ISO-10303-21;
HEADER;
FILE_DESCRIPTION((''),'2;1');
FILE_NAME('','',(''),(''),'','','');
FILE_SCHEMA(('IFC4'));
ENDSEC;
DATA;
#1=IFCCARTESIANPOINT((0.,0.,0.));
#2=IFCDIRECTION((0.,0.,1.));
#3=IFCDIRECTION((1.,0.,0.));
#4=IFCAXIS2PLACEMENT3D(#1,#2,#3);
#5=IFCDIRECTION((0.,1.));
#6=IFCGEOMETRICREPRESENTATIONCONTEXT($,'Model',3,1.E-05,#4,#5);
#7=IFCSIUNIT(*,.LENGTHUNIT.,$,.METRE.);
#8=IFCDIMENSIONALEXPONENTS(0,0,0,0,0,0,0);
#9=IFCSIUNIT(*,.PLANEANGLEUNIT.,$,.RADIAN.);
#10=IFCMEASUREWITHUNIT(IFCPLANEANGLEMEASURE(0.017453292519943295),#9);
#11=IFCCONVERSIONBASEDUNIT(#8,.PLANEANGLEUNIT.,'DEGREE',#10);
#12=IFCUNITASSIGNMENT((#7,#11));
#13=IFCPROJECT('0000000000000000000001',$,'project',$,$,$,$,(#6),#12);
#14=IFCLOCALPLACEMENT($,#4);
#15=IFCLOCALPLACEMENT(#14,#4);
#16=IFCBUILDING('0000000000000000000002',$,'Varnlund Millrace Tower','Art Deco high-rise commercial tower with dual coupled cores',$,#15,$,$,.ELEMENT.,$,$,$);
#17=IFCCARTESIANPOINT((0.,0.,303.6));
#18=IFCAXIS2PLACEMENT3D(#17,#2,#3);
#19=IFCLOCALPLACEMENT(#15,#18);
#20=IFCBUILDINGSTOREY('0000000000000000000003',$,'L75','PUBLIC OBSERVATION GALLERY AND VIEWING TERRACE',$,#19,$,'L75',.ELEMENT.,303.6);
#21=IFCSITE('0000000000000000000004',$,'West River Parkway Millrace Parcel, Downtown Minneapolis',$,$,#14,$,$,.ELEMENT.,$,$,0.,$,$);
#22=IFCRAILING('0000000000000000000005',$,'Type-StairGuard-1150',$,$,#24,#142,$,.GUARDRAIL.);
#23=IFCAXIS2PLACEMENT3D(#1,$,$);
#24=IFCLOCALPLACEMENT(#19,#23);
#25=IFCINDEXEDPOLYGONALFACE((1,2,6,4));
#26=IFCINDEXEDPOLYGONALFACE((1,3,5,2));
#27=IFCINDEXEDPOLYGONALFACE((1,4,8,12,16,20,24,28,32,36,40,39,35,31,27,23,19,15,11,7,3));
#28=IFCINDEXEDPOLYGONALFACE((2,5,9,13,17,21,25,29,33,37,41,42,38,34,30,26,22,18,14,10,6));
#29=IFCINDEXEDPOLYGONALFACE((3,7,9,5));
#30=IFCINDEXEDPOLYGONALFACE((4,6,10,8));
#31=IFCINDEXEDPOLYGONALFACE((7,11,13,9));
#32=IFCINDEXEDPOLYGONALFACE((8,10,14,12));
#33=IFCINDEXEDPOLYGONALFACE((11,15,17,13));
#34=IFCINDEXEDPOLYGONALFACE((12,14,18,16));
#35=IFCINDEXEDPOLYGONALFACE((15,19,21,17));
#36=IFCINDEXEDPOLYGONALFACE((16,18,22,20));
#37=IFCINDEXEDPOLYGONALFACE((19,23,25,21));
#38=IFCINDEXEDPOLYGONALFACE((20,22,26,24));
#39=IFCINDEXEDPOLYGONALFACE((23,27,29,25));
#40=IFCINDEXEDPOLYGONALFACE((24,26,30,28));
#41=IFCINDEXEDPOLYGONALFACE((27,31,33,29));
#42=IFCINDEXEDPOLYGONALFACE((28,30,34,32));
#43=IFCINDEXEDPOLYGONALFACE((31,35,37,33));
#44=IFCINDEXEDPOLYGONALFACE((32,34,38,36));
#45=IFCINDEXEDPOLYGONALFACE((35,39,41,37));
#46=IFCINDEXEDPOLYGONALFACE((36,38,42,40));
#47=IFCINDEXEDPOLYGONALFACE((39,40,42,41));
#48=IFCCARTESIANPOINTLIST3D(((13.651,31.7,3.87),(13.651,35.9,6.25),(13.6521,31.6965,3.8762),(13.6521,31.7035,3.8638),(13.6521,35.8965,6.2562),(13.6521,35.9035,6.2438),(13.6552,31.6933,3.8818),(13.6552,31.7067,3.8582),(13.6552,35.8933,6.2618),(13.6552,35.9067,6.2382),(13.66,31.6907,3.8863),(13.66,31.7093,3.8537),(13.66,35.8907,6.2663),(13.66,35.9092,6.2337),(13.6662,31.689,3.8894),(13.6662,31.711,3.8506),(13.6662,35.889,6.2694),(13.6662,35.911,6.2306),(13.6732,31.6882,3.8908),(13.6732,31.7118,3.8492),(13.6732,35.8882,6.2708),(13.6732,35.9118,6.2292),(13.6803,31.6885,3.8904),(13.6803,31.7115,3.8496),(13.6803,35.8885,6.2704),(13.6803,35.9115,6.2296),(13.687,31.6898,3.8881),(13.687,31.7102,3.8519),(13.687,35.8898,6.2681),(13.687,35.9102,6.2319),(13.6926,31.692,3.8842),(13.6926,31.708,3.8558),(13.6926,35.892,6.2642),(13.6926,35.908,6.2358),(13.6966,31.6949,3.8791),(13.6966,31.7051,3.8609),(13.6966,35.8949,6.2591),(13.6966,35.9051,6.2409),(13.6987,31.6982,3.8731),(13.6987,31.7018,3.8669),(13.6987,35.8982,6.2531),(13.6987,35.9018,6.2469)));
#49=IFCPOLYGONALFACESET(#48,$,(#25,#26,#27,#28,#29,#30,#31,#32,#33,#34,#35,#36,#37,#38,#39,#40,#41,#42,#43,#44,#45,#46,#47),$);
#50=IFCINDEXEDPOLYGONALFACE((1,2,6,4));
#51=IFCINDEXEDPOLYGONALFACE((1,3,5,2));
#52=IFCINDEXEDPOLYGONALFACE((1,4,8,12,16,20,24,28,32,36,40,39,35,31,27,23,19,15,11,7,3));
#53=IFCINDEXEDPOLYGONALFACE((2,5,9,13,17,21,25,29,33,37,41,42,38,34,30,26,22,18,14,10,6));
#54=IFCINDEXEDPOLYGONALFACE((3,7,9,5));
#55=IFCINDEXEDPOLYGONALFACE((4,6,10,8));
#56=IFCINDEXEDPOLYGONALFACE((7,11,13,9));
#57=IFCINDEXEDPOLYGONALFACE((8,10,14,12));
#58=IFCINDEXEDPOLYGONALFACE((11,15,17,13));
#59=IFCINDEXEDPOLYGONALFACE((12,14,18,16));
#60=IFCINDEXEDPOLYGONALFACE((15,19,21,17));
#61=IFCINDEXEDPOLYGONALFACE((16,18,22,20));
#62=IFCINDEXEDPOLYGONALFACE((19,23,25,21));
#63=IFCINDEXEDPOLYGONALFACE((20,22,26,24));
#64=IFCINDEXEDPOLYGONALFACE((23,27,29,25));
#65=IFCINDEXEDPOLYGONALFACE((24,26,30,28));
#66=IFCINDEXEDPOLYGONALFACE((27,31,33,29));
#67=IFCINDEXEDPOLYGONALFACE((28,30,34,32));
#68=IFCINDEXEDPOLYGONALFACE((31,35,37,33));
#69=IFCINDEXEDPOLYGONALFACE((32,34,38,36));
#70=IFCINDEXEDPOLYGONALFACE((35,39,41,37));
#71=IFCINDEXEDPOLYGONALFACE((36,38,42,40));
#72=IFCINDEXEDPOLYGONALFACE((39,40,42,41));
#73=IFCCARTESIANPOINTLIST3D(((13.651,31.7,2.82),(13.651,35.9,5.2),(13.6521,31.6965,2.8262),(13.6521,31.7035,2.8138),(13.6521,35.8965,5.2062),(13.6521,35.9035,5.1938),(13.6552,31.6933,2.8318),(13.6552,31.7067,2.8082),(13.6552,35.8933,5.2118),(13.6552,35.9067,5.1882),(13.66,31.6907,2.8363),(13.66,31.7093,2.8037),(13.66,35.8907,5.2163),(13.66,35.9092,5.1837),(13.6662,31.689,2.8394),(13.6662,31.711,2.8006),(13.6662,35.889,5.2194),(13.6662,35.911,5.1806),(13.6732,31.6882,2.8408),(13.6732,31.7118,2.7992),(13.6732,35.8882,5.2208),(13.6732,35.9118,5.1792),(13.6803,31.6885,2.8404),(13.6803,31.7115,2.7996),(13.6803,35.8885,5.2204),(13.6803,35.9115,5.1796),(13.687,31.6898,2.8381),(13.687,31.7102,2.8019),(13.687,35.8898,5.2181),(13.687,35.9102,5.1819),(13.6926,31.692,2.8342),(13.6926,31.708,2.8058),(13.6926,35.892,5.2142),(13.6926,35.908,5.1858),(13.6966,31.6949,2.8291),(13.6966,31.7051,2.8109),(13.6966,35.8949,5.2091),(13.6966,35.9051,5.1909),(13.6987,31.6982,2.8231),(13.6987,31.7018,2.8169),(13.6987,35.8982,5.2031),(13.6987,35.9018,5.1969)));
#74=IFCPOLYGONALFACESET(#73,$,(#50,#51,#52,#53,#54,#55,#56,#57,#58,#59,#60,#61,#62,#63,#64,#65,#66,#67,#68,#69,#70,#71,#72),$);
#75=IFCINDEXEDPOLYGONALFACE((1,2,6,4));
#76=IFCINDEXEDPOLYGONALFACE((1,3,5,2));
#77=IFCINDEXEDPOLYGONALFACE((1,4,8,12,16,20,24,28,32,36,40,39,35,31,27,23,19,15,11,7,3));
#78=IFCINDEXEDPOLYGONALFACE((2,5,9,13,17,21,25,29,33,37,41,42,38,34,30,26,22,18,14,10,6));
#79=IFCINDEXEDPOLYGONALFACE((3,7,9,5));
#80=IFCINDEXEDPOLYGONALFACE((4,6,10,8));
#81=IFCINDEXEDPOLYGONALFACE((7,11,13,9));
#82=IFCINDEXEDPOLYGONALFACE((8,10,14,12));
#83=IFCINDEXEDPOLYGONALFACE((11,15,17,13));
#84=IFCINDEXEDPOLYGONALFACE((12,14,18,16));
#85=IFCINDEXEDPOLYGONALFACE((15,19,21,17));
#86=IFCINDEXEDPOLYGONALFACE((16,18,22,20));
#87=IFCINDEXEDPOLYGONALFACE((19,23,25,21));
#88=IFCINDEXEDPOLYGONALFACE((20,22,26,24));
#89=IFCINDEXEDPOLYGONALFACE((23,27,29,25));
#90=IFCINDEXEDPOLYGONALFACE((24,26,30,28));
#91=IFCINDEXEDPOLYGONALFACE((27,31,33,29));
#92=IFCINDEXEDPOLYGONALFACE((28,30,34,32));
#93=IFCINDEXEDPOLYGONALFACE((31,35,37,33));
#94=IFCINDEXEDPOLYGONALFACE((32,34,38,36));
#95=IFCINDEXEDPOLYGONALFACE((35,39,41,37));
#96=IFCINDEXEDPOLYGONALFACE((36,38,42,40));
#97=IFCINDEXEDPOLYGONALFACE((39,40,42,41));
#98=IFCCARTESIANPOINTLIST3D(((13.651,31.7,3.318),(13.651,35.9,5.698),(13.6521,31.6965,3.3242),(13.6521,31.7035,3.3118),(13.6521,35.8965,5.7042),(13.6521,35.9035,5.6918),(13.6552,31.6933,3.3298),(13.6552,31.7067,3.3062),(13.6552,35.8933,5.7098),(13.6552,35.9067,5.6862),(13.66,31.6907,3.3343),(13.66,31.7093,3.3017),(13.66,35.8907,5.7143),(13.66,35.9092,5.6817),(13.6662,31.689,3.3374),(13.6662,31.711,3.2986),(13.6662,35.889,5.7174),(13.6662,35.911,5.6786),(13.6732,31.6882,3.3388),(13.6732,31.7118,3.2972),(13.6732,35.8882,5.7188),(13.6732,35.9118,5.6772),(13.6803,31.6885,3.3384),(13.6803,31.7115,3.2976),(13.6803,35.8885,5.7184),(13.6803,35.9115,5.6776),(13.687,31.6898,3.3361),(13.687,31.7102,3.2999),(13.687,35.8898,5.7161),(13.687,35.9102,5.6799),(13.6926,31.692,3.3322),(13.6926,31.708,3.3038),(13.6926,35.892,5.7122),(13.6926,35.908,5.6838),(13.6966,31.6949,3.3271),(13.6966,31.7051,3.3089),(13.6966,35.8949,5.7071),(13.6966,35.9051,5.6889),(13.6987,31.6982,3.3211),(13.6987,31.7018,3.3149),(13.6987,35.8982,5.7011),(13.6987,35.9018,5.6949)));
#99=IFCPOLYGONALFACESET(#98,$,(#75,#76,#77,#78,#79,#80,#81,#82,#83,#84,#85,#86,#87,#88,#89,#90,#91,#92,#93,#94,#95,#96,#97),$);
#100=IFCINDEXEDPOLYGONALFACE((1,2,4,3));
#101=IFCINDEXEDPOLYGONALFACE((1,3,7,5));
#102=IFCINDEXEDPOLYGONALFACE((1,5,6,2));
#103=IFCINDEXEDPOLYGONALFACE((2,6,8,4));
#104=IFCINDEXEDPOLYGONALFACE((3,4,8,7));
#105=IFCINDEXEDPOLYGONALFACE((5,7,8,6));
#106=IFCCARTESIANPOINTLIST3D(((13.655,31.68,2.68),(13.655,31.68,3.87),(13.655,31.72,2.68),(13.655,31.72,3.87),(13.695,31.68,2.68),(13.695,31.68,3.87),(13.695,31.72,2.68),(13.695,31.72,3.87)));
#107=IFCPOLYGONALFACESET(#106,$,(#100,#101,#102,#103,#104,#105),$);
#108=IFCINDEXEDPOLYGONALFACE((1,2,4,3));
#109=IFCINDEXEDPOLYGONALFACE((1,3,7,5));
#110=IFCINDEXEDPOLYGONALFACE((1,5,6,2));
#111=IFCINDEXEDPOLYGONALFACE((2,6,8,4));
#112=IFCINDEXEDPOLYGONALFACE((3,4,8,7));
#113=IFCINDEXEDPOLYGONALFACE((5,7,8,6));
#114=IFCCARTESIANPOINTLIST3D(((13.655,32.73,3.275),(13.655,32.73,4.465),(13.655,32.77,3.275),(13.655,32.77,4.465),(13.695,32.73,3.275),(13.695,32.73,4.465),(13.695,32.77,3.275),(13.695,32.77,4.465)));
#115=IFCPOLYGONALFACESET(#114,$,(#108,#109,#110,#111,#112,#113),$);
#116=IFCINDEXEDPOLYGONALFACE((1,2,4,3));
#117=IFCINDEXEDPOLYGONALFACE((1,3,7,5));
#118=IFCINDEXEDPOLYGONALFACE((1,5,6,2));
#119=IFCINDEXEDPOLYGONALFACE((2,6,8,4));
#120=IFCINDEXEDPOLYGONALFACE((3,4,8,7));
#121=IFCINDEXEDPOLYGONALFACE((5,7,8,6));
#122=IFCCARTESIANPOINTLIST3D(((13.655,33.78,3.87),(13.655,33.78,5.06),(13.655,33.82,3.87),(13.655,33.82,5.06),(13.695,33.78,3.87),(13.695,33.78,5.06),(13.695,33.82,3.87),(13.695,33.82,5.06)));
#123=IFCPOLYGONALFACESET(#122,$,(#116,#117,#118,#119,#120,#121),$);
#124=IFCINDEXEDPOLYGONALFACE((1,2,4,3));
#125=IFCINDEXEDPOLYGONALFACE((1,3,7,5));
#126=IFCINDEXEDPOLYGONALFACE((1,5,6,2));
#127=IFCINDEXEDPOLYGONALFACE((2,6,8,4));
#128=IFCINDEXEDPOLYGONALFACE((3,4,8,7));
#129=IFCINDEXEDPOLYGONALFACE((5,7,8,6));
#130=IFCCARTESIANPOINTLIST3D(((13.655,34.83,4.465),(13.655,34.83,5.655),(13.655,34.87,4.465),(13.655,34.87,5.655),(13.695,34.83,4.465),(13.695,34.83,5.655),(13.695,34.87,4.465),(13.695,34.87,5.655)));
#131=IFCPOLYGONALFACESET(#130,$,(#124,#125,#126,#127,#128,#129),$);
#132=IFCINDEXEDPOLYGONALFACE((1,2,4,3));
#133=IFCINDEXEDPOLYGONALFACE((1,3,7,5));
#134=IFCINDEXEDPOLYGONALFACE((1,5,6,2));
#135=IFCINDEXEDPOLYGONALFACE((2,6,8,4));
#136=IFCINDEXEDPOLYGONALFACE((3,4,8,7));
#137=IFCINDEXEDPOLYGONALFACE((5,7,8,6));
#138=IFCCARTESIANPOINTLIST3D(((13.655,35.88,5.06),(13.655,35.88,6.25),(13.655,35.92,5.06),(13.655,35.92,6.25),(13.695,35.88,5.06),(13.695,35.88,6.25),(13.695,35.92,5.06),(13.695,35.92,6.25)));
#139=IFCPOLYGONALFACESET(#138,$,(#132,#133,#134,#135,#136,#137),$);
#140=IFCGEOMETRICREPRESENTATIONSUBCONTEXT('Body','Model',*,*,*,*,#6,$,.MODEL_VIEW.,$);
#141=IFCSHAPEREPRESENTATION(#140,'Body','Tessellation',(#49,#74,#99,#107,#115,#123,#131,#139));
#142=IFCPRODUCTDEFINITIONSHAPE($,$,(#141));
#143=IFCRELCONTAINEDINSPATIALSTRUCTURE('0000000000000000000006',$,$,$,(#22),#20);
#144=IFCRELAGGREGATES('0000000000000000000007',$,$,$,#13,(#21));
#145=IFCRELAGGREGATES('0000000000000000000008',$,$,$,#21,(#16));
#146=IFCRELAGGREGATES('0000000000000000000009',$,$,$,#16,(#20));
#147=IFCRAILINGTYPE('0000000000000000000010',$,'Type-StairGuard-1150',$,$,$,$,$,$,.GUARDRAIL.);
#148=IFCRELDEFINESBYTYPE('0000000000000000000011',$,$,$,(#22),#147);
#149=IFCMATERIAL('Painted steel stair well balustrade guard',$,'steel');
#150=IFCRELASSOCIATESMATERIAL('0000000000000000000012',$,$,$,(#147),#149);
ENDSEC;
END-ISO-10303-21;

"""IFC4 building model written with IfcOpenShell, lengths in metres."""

from ifc_helpers import new_model, entity, si_unit, converted_unit, direction, frame, origin_with_axes, origin_2d_with_axis, place, context, subcontext, project, spatial, rectangle, circle, extrude, material, type_object, element, save


model = new_model("IFC4")

# Units and contexts
model_context = context("Model", 3, precision=1e-05, world=origin_with_axes(), true_north=direction((0.0, 1.0)))
body_context = subcontext(model_context, "Body", "Model", "MODEL_VIEW")
ifc_project = project(units=[si_unit("LENGTHUNIT", "METRE"), converted_unit("PLANEANGLEUNIT", "DEGREE", entity("IfcPlaneAngleMeasure", 0.017453292519943295), si_unit("PLANEANGLEUNIT", "RADIAN"), dimensions=[0, 0, 0, 0, 0, 0, 0])], contexts=[model_context])

# Site, building, storey
site_placement = place(None, origin_with_axes())
site = spatial("IfcSite", under=ifc_project, at=site_placement, Name="West River Parkway Millrace Parcel, Downtown Minneapolis", CompositionType="ELEMENT", RefElevation=0.0)
building_placement = place(site_placement, origin_with_axes())
building = spatial("IfcBuilding", under=site, at=building_placement, Name="Varnlund Millrace Tower", Description="Art Deco high-rise commercial tower with dual coupled cores", CompositionType="ELEMENT")
storey_placement = place(building_placement, frame((0.0, 0.0, 303.6), z_axis=(0.0, 0.0, 1.0), x_axis=(1.0, 0.0, 0.0)))
storey = spatial("IfcBuildingStorey", under=building, at=storey_placement, Name="L75", Description="PUBLIC OBSERVATION GALLERY AND VIEWING TERRACE", LongName="L75", CompositionType="ELEMENT", Elevation=303.6)

# Railing
ifc_material_1 = material(Name="Painted steel stair well balustrade guard", Category="steel")
railing_type_1 = type_object("IfcRailingType", Name="Type-StairGuard-1150", PredefinedType="GUARDRAIL", material=ifc_material_1)
railing_1_placement = place(storey_placement, frame((0.0, 0.0, -303.6), z_axis=(0.0, 0.0, 1.0), x_axis=(1.0, 0.0, 0.0)))
element("IfcRailing", 1, at=railing_1_placement, inside=storey, type_object=railing_type_1, Name="Type-StairGuard-1150", PredefinedType="GUARDRAIL", context=body_context, shape_type="SweptSolid", body=[
    extrude(circle(Radius=0.024, at=origin_2d_with_axis()), frame((13.675, 31.7, 307.47), z_axis=(0.0, 0.870022, 0.493013), x_axis=(-1.0, 0.0, 0.0)), (0.0, 0.0, 1.0), 4.8275),
    extrude(circle(Radius=0.024, at=origin_2d_with_axis()), frame((13.675, 31.7, 306.42), z_axis=(0.0, 0.870022, 0.493013), x_axis=(-1.0, 0.0, 0.0)), (0.0, 0.0, 1.0), 4.8275),
    extrude(circle(Radius=0.024, at=origin_2d_with_axis()), frame((13.675, 31.7, 306.918), z_axis=(0.0, 0.870022, 0.493013), x_axis=(-1.0, 0.0, 0.0)), (0.0, 0.0, 1.0), 4.8275),
    extrude(rectangle(XDim=0.04, YDim=0.04, at=origin_2d_with_axis()), frame((13.675, 31.7, 306.28), z_axis=(0.0, 0.0, 1.0), x_axis=(1.0, 0.0, 0.0)), (0.0, 0.0, 1.0), 1.19),
    extrude(rectangle(XDim=0.04, YDim=0.04, at=origin_2d_with_axis()), frame((13.675, 32.75, 306.875), z_axis=(0.0, 0.0, 1.0), x_axis=(1.0, 0.0, 0.0)), (0.0, 0.0, 1.0), 1.19),
    extrude(rectangle(XDim=0.04, YDim=0.04, at=origin_2d_with_axis()), frame((13.675, 33.8, 307.47), z_axis=(0.0, 0.0, 1.0), x_axis=(1.0, 0.0, 0.0)), (0.0, 0.0, 1.0), 1.19),
    extrude(rectangle(XDim=0.04, YDim=0.04, at=origin_2d_with_axis()), frame((13.675, 34.85, 308.065), z_axis=(0.0, 0.0, 1.0), x_axis=(1.0, 0.0, 0.0)), (0.0, 0.0, 1.0), 1.19),
    extrude(rectangle(XDim=0.04, YDim=0.04, at=origin_2d_with_axis()), frame((13.675, 35.9, 308.66), z_axis=(0.0, 0.0, 1.0), x_axis=(1.0, 0.0, 0.0)), (0.0, 0.0, 1.0), 1.19),
])

save(model, "model.ifc")
